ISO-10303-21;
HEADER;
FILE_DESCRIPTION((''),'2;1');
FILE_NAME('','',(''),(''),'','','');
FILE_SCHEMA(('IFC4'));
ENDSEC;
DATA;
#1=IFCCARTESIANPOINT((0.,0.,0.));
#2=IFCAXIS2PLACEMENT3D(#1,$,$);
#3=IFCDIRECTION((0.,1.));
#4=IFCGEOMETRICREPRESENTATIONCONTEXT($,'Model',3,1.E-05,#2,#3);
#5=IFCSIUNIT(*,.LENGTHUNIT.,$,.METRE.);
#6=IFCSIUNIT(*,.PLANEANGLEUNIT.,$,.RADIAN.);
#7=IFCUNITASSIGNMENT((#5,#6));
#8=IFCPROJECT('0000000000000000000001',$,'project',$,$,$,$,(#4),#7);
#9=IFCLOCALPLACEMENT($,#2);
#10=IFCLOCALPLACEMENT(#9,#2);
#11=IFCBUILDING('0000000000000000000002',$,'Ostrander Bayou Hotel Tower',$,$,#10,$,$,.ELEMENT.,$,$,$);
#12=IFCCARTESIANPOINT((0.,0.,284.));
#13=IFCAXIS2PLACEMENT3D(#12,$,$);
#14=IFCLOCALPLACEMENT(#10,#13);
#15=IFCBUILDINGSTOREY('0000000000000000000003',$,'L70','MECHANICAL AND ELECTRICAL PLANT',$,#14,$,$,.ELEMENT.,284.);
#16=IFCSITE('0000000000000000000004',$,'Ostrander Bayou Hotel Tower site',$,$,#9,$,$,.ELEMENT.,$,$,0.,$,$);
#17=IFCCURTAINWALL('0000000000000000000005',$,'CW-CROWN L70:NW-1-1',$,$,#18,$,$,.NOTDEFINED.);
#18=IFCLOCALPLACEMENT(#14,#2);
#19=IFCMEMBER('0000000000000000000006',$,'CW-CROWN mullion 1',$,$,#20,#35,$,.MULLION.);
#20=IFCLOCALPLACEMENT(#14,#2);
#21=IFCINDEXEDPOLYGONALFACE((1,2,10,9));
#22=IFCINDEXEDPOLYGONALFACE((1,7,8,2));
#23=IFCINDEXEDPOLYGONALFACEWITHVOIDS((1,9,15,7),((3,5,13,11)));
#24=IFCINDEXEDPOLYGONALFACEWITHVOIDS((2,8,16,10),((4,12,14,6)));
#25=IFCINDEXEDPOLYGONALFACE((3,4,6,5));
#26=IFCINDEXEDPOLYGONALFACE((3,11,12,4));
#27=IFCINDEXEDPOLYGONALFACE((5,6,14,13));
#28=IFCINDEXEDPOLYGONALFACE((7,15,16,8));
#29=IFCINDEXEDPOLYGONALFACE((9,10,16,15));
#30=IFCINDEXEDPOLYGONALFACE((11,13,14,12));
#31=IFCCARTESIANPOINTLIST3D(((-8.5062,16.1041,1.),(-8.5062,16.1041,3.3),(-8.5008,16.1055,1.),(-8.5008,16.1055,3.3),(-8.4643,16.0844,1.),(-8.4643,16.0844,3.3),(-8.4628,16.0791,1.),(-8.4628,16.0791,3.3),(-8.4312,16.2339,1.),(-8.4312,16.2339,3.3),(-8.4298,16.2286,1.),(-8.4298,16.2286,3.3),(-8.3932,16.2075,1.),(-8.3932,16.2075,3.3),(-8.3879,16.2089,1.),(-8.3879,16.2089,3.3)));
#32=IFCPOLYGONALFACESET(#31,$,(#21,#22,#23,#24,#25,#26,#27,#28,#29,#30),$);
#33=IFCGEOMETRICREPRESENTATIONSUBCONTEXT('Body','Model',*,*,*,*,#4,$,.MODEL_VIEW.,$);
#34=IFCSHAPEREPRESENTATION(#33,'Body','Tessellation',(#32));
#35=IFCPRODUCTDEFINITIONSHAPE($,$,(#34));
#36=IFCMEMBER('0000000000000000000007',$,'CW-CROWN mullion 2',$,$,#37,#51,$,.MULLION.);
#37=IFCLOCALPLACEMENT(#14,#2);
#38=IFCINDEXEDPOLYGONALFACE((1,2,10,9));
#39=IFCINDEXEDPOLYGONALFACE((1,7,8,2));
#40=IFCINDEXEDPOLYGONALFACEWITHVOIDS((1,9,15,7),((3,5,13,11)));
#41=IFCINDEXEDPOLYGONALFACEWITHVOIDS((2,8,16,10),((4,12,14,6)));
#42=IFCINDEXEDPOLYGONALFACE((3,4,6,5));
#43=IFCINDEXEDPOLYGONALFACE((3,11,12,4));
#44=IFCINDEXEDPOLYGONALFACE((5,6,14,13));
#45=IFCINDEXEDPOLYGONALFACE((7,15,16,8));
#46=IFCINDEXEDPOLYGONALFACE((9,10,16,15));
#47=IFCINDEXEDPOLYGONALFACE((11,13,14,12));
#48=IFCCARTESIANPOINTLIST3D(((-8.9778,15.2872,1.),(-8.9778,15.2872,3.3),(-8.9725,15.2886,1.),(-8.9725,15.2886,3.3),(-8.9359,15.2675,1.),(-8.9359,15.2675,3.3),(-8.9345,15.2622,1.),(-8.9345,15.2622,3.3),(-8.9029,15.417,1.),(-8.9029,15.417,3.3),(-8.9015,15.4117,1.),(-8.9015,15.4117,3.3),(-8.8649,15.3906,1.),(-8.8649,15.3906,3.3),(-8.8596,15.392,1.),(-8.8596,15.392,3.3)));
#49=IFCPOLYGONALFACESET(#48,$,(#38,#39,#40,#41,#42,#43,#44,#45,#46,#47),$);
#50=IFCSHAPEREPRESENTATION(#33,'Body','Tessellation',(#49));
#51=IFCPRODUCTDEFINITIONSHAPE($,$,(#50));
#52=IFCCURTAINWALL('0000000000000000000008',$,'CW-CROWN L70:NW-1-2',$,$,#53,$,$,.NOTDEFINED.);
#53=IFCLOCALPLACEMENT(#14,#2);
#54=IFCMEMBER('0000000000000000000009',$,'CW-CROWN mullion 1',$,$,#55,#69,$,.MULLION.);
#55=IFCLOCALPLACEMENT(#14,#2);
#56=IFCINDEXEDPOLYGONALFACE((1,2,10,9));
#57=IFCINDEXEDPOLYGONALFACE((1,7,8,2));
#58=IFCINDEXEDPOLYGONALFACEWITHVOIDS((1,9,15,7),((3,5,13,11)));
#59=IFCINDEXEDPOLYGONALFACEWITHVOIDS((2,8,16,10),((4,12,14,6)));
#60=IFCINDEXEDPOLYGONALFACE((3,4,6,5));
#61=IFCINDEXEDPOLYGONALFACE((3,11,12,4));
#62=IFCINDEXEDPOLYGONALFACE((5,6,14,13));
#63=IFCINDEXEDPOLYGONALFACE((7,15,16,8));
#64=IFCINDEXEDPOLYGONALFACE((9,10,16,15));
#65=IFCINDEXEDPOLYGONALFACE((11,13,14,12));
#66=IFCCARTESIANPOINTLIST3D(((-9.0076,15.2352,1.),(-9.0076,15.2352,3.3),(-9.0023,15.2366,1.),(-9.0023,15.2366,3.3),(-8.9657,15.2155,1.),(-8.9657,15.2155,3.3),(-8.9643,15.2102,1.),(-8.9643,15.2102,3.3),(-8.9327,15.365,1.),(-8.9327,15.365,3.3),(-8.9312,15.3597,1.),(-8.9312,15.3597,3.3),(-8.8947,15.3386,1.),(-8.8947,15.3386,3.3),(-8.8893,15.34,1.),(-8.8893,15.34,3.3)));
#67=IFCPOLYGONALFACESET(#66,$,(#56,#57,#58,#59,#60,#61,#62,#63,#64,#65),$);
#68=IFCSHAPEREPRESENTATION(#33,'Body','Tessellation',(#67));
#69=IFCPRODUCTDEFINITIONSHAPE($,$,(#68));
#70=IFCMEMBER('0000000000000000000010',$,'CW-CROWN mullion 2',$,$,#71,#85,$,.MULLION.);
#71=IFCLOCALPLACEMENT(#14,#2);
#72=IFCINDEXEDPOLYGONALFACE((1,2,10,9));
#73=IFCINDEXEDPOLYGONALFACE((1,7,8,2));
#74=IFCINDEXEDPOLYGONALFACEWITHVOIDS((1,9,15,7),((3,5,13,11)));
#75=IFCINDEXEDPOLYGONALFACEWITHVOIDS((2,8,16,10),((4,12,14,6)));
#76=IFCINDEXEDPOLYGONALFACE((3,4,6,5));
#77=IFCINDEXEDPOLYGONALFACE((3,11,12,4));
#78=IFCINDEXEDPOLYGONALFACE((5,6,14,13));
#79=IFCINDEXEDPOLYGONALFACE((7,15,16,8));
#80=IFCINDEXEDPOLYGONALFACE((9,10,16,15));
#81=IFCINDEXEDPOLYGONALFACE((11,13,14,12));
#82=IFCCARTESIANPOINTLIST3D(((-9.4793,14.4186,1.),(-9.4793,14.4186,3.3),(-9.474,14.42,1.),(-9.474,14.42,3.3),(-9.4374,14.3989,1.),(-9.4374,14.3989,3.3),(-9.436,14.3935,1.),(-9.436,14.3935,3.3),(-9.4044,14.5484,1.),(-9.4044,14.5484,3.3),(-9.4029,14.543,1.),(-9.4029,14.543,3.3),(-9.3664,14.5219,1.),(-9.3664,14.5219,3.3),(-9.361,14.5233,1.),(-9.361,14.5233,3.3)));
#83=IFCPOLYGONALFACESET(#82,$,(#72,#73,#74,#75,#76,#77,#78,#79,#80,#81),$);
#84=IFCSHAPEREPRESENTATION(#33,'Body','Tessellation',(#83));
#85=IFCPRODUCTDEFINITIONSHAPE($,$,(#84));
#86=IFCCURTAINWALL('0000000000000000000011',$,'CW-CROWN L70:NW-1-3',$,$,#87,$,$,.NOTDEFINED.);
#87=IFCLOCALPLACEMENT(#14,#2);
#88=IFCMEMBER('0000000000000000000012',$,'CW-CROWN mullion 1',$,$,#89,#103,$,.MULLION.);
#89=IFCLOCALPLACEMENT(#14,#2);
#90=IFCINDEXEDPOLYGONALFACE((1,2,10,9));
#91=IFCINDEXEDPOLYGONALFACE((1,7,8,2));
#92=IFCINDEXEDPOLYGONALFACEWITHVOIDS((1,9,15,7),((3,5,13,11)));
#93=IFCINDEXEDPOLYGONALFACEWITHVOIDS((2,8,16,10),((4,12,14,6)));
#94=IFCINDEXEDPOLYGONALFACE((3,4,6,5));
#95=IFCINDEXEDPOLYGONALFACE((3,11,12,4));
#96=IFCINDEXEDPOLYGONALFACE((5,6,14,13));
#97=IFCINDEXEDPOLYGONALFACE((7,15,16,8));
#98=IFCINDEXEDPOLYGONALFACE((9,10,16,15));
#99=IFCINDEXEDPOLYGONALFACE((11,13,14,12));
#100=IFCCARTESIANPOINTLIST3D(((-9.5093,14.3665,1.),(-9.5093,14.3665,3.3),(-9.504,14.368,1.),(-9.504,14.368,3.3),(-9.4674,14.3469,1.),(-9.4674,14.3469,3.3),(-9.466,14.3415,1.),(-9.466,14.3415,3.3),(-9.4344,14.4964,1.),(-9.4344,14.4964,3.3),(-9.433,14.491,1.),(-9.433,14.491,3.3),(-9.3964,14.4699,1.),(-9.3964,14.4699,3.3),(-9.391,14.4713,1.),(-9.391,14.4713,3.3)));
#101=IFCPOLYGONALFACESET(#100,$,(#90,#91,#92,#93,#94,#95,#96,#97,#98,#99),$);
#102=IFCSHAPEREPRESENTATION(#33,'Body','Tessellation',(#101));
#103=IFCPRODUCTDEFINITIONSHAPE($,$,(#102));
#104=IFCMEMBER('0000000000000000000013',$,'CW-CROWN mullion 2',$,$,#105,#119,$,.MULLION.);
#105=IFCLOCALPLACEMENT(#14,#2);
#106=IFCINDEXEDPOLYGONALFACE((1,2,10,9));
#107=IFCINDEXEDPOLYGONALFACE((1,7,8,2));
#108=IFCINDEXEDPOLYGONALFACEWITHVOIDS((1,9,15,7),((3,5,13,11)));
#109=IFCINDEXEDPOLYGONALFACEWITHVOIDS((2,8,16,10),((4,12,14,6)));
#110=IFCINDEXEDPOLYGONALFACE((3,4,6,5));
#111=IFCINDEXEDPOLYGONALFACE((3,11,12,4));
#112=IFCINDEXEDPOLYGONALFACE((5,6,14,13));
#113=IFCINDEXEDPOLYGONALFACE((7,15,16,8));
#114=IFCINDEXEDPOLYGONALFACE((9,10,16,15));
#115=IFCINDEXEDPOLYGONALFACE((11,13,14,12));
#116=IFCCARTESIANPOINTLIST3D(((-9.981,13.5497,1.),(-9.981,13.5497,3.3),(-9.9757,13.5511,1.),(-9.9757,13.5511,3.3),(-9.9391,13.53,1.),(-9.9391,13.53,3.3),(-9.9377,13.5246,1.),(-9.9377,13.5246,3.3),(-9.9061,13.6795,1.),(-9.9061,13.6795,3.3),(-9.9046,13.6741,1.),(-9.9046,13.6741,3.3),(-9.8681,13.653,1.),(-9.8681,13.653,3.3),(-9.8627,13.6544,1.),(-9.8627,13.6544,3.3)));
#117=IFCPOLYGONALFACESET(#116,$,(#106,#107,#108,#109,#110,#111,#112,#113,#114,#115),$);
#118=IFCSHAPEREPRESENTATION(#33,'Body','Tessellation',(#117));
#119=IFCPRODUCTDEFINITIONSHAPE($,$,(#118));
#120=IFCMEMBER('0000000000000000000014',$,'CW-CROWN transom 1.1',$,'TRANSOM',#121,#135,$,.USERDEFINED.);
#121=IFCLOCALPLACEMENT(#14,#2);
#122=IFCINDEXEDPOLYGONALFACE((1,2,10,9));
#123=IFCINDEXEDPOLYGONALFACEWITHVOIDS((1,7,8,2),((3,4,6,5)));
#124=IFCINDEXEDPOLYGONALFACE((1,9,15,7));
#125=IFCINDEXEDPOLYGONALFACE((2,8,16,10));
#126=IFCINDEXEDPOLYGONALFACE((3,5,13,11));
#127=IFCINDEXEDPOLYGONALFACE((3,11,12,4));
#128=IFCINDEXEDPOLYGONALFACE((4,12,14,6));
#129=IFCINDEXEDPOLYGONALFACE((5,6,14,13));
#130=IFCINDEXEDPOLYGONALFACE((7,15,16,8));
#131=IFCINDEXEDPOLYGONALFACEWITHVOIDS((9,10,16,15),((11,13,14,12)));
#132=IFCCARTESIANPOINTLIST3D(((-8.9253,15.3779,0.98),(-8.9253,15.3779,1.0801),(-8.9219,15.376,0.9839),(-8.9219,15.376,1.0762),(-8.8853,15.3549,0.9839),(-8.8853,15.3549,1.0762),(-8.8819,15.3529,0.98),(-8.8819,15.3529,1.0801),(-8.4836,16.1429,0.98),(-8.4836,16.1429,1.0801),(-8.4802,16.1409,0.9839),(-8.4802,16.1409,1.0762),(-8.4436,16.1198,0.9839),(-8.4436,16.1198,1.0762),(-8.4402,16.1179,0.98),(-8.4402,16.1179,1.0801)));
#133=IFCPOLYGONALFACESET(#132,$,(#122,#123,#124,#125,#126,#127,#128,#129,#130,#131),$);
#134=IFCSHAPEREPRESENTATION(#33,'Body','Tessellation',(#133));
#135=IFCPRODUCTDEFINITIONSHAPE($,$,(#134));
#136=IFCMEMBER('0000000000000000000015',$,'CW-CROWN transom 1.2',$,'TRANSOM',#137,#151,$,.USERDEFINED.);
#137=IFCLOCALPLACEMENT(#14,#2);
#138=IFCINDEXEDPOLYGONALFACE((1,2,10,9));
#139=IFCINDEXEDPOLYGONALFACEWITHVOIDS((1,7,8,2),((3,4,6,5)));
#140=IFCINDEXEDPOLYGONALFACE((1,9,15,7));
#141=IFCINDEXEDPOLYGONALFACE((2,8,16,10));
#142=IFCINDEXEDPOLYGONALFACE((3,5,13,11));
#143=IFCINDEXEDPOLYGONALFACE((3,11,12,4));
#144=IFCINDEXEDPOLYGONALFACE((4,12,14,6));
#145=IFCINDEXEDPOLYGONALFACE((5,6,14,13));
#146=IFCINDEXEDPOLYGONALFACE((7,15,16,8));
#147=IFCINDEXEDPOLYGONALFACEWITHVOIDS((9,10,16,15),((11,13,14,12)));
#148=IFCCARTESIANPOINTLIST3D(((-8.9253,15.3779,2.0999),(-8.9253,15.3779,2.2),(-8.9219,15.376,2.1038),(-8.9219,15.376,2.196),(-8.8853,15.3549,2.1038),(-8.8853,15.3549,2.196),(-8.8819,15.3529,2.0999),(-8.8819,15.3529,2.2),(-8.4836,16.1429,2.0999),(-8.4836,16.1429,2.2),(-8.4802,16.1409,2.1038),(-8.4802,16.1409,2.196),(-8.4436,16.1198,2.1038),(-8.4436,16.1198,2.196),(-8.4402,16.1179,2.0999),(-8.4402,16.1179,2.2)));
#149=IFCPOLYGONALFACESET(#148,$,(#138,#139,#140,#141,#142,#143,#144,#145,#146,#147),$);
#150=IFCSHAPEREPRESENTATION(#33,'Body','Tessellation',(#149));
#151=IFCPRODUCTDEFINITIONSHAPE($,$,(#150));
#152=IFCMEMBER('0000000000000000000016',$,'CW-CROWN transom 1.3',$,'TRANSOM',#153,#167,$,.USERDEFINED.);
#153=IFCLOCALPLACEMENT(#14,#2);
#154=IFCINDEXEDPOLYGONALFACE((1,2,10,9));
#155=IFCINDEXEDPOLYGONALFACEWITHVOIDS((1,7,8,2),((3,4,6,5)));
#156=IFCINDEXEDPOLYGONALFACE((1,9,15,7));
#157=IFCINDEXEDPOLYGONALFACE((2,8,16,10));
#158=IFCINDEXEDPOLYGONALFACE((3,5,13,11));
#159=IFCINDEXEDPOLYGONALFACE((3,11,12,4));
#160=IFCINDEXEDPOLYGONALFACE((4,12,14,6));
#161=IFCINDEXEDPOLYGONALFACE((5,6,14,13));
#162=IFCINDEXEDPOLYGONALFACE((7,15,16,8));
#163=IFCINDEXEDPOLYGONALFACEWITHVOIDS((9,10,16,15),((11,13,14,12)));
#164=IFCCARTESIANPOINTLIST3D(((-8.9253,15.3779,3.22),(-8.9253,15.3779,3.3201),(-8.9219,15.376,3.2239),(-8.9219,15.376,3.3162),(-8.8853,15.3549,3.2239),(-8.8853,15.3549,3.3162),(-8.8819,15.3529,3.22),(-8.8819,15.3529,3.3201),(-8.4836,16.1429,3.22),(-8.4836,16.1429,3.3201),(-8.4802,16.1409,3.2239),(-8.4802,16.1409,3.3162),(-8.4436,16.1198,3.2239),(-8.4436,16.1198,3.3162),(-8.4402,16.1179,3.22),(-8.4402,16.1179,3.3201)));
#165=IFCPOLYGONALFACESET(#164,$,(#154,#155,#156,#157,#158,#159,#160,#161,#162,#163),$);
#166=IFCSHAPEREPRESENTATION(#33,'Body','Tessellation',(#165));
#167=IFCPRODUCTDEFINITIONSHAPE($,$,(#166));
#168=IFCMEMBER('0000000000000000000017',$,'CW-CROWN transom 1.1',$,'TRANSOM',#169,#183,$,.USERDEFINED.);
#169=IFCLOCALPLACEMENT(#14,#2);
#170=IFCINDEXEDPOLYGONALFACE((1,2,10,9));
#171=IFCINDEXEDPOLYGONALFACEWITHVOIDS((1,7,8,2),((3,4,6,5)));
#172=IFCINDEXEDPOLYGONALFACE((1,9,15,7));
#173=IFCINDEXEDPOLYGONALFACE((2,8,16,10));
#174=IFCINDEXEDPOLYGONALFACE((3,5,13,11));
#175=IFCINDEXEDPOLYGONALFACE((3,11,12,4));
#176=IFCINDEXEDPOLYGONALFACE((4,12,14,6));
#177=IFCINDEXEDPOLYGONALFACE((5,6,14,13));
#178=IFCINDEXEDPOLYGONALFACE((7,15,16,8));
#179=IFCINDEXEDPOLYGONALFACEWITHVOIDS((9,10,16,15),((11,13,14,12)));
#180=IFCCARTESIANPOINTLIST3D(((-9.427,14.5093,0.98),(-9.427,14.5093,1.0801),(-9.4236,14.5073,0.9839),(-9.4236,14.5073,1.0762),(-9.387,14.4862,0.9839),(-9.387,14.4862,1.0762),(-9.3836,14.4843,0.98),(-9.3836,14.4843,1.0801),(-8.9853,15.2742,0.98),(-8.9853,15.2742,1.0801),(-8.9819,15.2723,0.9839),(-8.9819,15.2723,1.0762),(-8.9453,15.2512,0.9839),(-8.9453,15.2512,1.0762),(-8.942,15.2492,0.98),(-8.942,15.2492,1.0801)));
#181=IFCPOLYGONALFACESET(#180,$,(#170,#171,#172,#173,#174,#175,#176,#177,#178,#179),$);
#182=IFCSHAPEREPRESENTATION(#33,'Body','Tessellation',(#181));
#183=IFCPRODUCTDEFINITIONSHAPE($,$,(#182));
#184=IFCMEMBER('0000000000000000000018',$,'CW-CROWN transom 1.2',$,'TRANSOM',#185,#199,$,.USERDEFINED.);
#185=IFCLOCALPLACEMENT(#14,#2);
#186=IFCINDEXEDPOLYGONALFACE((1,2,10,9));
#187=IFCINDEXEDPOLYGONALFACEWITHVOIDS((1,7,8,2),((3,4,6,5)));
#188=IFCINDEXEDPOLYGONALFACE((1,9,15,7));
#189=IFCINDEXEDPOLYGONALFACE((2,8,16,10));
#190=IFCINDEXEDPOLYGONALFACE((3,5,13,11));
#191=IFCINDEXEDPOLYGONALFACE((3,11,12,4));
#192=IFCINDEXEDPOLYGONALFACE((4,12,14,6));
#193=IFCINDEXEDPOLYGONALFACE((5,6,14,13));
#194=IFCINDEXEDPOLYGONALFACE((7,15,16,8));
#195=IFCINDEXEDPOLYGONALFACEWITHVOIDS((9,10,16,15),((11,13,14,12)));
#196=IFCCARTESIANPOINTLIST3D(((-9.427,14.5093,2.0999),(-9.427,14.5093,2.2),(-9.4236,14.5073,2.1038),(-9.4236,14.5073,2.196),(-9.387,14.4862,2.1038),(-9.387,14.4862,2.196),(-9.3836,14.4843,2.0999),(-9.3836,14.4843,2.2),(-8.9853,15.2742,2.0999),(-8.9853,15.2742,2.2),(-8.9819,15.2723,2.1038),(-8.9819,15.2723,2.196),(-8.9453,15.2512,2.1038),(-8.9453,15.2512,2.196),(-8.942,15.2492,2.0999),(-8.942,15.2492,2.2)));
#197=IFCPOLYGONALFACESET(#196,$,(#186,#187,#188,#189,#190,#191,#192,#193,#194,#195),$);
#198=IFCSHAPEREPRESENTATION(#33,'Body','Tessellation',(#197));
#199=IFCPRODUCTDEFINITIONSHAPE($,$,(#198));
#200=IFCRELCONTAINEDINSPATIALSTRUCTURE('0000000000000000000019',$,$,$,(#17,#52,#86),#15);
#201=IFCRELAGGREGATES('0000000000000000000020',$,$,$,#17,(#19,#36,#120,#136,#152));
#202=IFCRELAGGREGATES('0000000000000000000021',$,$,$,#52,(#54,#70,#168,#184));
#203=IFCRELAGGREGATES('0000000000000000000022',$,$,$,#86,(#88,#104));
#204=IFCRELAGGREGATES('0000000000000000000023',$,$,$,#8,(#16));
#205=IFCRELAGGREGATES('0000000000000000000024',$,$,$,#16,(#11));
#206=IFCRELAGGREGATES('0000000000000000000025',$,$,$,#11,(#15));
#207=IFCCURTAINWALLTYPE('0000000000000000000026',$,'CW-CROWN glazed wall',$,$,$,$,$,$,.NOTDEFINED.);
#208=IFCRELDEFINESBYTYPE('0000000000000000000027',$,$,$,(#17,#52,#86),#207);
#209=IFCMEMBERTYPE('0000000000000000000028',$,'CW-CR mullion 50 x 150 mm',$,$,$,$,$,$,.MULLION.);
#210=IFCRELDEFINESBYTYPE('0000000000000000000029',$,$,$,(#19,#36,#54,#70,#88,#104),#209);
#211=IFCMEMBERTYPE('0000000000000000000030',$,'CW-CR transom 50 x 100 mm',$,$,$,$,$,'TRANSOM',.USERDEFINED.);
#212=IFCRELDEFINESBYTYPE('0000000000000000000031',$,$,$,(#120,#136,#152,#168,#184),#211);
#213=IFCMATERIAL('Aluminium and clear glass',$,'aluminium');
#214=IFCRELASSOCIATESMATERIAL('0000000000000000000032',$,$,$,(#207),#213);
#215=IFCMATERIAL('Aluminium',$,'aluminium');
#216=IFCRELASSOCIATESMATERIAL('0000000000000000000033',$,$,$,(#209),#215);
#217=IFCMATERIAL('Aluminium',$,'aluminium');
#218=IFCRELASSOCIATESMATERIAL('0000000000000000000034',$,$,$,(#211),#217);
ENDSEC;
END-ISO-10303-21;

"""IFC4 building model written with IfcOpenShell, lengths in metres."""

from ifc_helpers import new_model, si_unit, direction, frame, origin, origin_2d, place, context, subcontext, project, spatial, hollow_rectangle, extrude, material, material_profile, profile_set, type_object, element, aggregate, save


model = new_model("IFC4")

# Units and contexts
model_context = context("Model", 3, precision=1e-05, world=origin(), true_north=direction((0.0, 1.0)))
body_context = subcontext(model_context, "Body", "Model", "MODEL_VIEW")
ifc_project = project(units=[si_unit("LENGTHUNIT", "METRE"), si_unit("PLANEANGLEUNIT", "RADIAN")], contexts=[model_context])

# Site, building, storey
site_placement = place(None, origin())
site = spatial("IfcSite", under=ifc_project, at=site_placement, Name="Ostrander Bayou Hotel Tower site", CompositionType="ELEMENT", RefElevation=0.0)
building_placement = place(site_placement, origin())
building = spatial("IfcBuilding", under=site, at=building_placement, Name="Ostrander Bayou Hotel Tower", CompositionType="ELEMENT")
storey_placement = place(building_placement, frame((0.0, 0.0, 284.0)))
storey = spatial("IfcBuildingStorey", under=building, at=storey_placement, Name="L70", Description="MECHANICAL AND ELECTRICAL PLANT", CompositionType="ELEMENT", Elevation=284.0)

# Curtain walls, members
ifc_material_1 = material(Name="Aluminium and clear glass", Category="aluminium")
curtain_wall_type = type_object("IfcCurtainWallType", Name="CW-CROWN glazed wall", PredefinedType="NOTDEFINED", material=ifc_material_1)
curtain_wall_1_placement = place(storey_placement, origin())
curtain_wall_1 = element("IfcCurtainWall", 1, at=curtain_wall_1_placement, inside=storey, type_object=curtain_wall_type, Name="CW-CROWN L70:NW-1-1", PredefinedType="NOTDEFINED")
ifc_material_2 = material(Name="Aluminium", Category="aluminium")
ifc_material_profile_1 = material_profile(ifc_material_2, hollow_rectangle(XDim=0.05, YDim=0.1499, WallThickness=0.0039, at=origin_2d()))
ifc_profile_set_1 = profile_set([ifc_material_profile_1], Name="Aluminium")
member_type_1 = type_object("IfcMemberType", Name="CW-CR mullion 50 x 150 mm", PredefinedType="MULLION", material=ifc_profile_set_1)
member_1_placement = place(storey_placement, frame((-8.447, 16.1565, 1.0), z_axis=(0.0, 0.0, 1.0), x_axis=(0.866026, -0.499999, 0.0)))
member_1 = element("IfcMember", 2, at=member_1_placement, type_object=member_type_1, Name="CW-CROWN mullion 1", PredefinedType="MULLION", context=body_context, shape_type="SweptSolid", body=[
    extrude(hollow_rectangle(XDim=0.05, YDim=0.1499, WallThickness=0.0039, at=origin_2d()), origin(), (0.0, 0.0, 1.0), 2.3),
])
member_2_placement = place(storey_placement, frame((-8.9187, 15.3396, 1.0), z_axis=(0.0, 0.0, 1.0), x_axis=(0.866026, -0.499999, 0.0)))
member_2 = element("IfcMember", 3, at=member_2_placement, type_object=member_type_1, Name="CW-CROWN mullion 2", PredefinedType="MULLION", context=body_context, shape_type="SweptSolid", body=[
    extrude(hollow_rectangle(XDim=0.05, YDim=0.1499, WallThickness=0.0039, at=origin_2d()), origin(), (0.0, 0.0, 1.0), 2.3),
])
curtain_wall_2_placement = place(storey_placement, origin())
curtain_wall_2 = element("IfcCurtainWall", 4, at=curtain_wall_2_placement, inside=storey, type_object=curtain_wall_type, Name="CW-CROWN L70:NW-1-2", PredefinedType="NOTDEFINED")
member_3_placement = place(storey_placement, frame((-8.9485, 15.2876, 1.0), z_axis=(0.0, 0.0, 1.0), x_axis=(0.866001, -0.500042, 0.0)))
member_3 = element("IfcMember", 5, at=member_3_placement, type_object=member_type_1, Name="CW-CROWN mullion 1", PredefinedType="MULLION", context=body_context, shape_type="SweptSolid", body=[
    extrude(hollow_rectangle(XDim=0.05, YDim=0.1499, WallThickness=0.0039, at=origin_2d()), origin(), (0.0, 0.0, 1.0), 2.3),
])
member_4_placement = place(storey_placement, frame((-9.4202, 14.4709, 1.0), z_axis=(0.0, 0.0, 1.0), x_axis=(0.866001, -0.500042, 0.0)))
member_4 = element("IfcMember", 6, at=member_4_placement, type_object=member_type_1, Name="CW-CROWN mullion 2", PredefinedType="MULLION", context=body_context, shape_type="SweptSolid", body=[
    extrude(hollow_rectangle(XDim=0.05, YDim=0.1499, WallThickness=0.0039, at=origin_2d()), origin(), (0.0, 0.0, 1.0), 2.3),
])
curtain_wall_3_placement = place(storey_placement, origin())
curtain_wall_3 = element("IfcCurtainWall", 7, at=curtain_wall_3_placement, inside=storey, type_object=curtain_wall_type, Name="CW-CROWN L70:NW-1-3", PredefinedType="NOTDEFINED")
member_5_placement = place(storey_placement, frame((-9.4502, 14.4189, 1.0), z_axis=(0.0, 0.0, 1.0), x_axis=(0.866026, -0.499999, 0.0)))
member_5 = element("IfcMember", 8, at=member_5_placement, type_object=member_type_1, Name="CW-CROWN mullion 1", PredefinedType="MULLION", context=body_context, shape_type="SweptSolid", body=[
    extrude(hollow_rectangle(XDim=0.05, YDim=0.1499, WallThickness=0.0039, at=origin_2d()), origin(), (0.0, 0.0, 1.0), 2.3),
])
member_6_placement = place(storey_placement, frame((-9.9219, 13.6021, 1.0), z_axis=(0.0, 0.0, 1.0), x_axis=(0.866026, -0.499999, 0.0)))
member_6 = element("IfcMember", 9, at=member_6_placement, type_object=member_type_1, Name="CW-CROWN mullion 2", PredefinedType="MULLION", context=body_context, shape_type="SweptSolid", body=[
    extrude(hollow_rectangle(XDim=0.05, YDim=0.1499, WallThickness=0.0039, at=origin_2d()), origin(), (0.0, 0.0, 1.0), 2.3),
])

# Members
ifc_material_3 = material(Name="Aluminium", Category="aluminium")
ifc_material_profile_2 = material_profile(ifc_material_3, hollow_rectangle(XDim=0.05, YDim=0.1001, WallThickness=0.0039, at=origin_2d()))
ifc_profile_set_2 = profile_set([ifc_material_profile_2], Name="Aluminium")
member_type_2 = type_object("IfcMemberType", Name="CW-CR transom 50 x 100 mm", ElementType="TRANSOM", PredefinedType="USERDEFINED", material=ifc_profile_set_2)
member_7_placement = place(storey_placement, frame((-8.4619, 16.1304, 1.03), z_axis=(-0.500034, -0.866006, 0.0), x_axis=(0.866006, -0.500034, 0.0)))
member_7 = element("IfcMember", 10, at=member_7_placement, type_object=member_type_2, Name="CW-CROWN transom 1.1", ObjectType="TRANSOM", PredefinedType="USERDEFINED", context=body_context, shape_type="SweptSolid", body=[
    extrude(hollow_rectangle(XDim=0.05, YDim=0.1001, WallThickness=0.0039, at=origin_2d()), origin(), (0.0, 0.0, 1.0), 0.8833),
])
member_8_placement = place(storey_placement, frame((-8.4619, 16.1304, 2.1499), z_axis=(-0.500034, -0.866006, 0.0), x_axis=(0.866006, -0.500034, 0.0)))
member_8 = element("IfcMember", 11, at=member_8_placement, type_object=member_type_2, Name="CW-CROWN transom 1.2", ObjectType="TRANSOM", PredefinedType="USERDEFINED", context=body_context, shape_type="SweptSolid", body=[
    extrude(hollow_rectangle(XDim=0.05, YDim=0.1001, WallThickness=0.0039, at=origin_2d()), origin(), (0.0, 0.0, 1.0), 0.8833),
])
member_9_placement = place(storey_placement, frame((-8.4619, 16.1304, 3.27), z_axis=(-0.500034, -0.866006, 0.0), x_axis=(0.866006, -0.500034, 0.0)))
member_9 = element("IfcMember", 12, at=member_9_placement, type_object=member_type_2, Name="CW-CROWN transom 1.3", ObjectType="TRANSOM", PredefinedType="USERDEFINED", context=body_context, shape_type="SweptSolid", body=[
    extrude(hollow_rectangle(XDim=0.05, YDim=0.1001, WallThickness=0.0039, at=origin_2d()), origin(), (0.0, 0.0, 1.0), 0.8833),
])
member_10_placement = place(storey_placement, frame((-8.9636, 15.2617, 1.03), z_axis=(-0.500034, -0.866006, 0.0), x_axis=(0.866006, -0.500034, 0.0)))
member_10 = element("IfcMember", 13, at=member_10_placement, type_object=member_type_2, Name="CW-CROWN transom 1.1", ObjectType="TRANSOM", PredefinedType="USERDEFINED", context=body_context, shape_type="SweptSolid", body=[
    extrude(hollow_rectangle(XDim=0.05, YDim=0.1001, WallThickness=0.0039, at=origin_2d()), origin(), (0.0, 0.0, 1.0), 0.8833),
])
member_11_placement = place(storey_placement, frame((-8.9636, 15.2617, 2.1499), z_axis=(-0.500034, -0.866006, 0.0), x_axis=(0.866006, -0.500034, 0.0)))
member_11 = element("IfcMember", 14, at=member_11_placement, type_object=member_type_2, Name="CW-CROWN transom 1.2", ObjectType="TRANSOM", PredefinedType="USERDEFINED", context=body_context, shape_type="SweptSolid", body=[
    extrude(hollow_rectangle(XDim=0.05, YDim=0.1001, WallThickness=0.0039, at=origin_2d()), origin(), (0.0, 0.0, 1.0), 0.8833),
])

aggregate(curtain_wall_1, [member_1, member_2, member_7, member_8, member_9])
aggregate(curtain_wall_2, [member_3, member_4, member_10, member_11])
aggregate(curtain_wall_3, [member_5, member_6])

save(model, "model.ifc")
